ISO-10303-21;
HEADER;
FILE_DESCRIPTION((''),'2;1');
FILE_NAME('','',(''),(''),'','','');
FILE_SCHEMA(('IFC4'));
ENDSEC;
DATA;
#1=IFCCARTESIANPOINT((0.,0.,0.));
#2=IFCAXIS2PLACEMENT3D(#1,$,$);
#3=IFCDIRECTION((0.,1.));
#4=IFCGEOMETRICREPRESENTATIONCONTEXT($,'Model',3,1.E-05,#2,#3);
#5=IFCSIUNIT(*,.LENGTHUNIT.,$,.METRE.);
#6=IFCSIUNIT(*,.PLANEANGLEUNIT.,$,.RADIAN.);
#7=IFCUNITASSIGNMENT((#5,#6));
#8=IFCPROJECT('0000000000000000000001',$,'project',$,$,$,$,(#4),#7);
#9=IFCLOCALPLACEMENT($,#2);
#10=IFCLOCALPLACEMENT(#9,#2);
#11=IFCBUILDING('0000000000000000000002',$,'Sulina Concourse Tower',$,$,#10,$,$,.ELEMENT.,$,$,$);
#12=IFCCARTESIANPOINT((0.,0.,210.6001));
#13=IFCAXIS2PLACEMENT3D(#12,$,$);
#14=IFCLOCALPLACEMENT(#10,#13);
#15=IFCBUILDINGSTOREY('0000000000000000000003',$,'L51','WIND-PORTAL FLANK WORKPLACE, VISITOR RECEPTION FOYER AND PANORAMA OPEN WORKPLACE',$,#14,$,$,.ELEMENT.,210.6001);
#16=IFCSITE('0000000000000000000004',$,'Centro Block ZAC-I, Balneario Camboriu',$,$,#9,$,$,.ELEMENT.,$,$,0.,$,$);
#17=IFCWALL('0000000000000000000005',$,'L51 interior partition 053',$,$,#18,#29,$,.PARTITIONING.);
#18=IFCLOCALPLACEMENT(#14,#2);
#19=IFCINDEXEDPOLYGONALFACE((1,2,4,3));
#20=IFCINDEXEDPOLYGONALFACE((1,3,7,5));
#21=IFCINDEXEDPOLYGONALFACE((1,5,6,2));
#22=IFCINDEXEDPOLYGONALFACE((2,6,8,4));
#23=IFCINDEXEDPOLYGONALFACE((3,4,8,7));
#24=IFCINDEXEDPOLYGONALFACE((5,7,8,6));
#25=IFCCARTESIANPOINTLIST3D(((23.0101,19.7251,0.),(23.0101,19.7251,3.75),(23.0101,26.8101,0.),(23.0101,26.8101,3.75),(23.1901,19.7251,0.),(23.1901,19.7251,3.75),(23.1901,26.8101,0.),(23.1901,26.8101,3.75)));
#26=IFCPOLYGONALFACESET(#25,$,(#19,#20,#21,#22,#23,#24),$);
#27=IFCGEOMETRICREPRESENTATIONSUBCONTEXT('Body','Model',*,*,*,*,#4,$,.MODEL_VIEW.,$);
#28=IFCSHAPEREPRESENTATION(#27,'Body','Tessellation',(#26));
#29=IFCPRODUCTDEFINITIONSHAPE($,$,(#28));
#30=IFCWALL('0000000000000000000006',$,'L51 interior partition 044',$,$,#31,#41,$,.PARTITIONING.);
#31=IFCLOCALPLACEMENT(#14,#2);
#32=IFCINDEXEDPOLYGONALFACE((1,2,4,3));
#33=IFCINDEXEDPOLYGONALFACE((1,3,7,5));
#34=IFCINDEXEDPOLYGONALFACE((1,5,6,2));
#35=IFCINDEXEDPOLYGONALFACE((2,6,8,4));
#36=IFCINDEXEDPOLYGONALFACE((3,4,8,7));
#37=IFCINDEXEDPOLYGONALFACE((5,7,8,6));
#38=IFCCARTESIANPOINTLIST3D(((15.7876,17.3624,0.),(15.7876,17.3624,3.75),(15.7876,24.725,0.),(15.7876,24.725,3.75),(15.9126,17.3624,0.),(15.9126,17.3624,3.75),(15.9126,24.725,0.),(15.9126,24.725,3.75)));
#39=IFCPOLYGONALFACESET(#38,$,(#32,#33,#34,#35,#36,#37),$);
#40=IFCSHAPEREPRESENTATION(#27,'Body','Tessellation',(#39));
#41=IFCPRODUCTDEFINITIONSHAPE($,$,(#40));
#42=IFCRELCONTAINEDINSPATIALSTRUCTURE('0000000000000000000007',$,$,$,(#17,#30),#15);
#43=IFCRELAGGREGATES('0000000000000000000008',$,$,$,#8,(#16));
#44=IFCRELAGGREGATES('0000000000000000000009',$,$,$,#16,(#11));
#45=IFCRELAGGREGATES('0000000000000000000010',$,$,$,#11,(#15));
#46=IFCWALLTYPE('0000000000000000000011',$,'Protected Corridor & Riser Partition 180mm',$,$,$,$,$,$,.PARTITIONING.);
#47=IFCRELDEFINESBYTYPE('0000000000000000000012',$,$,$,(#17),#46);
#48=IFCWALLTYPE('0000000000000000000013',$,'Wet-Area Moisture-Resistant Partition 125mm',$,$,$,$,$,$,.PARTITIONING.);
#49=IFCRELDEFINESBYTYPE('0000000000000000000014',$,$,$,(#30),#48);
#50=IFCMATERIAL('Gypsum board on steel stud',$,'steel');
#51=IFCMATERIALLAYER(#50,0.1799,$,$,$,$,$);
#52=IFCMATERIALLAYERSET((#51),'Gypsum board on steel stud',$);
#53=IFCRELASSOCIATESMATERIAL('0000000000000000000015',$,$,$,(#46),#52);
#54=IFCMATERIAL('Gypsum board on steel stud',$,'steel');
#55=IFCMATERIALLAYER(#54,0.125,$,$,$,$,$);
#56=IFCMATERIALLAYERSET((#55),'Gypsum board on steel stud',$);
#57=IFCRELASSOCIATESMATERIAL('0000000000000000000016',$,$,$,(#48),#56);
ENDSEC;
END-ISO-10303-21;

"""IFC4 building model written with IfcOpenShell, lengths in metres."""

from ifc_helpers import new_model, si_unit, direction, frame, frame_2d, origin, place, context, subcontext, project, spatial, rectangle, extrude, material, layer, layer_set, type_object, element, save


model = new_model("IFC4")

# Units and contexts
model_context = context("Model", 3, precision=1e-05, world=origin(), true_north=direction((0.0, 1.0)))
body_context = subcontext(model_context, "Body", "Model", "MODEL_VIEW")
ifc_project = project(units=[si_unit("LENGTHUNIT", "METRE"), si_unit("PLANEANGLEUNIT", "RADIAN")], contexts=[model_context])

# Site, building, storey
site_placement = place(None, origin())
site = spatial("IfcSite", under=ifc_project, at=site_placement, Name="Centro Block ZAC-I, Balneario Camboriu", CompositionType="ELEMENT", RefElevation=0.0)
building_placement = place(site_placement, origin())
building = spatial("IfcBuilding", under=site, at=building_placement, Name="Sulina Concourse Tower", CompositionType="ELEMENT")
storey_placement = place(building_placement, frame((0.0, 0.0, 210.6001)))
storey = spatial("IfcBuildingStorey", under=building, at=storey_placement, Name="L51", Description="WIND-PORTAL FLANK WORKPLACE, VISITOR RECEPTION FOYER AND PANORAMA OPEN WORKPLACE", CompositionType="ELEMENT", Elevation=210.6001)

# Shared definitions
ifc_material_1 = material(Name="Gypsum board on steel stud", Category="steel")
ifc_layer_1 = layer(ifc_material_1, 0.1799)
ifc_layer_set_1 = layer_set([ifc_layer_1], Name="Gypsum board on steel stud")
wall_type_1 = type_object("IfcWallType", Name="Protected Corridor & Riser Partition 180mm", PredefinedType="PARTITIONING", material=ifc_layer_set_1)

# Walls
wall_1_placement = place(storey_placement, frame((23.1001, 19.7251, 0.0), z_axis=(0.0, 0.0, 1.0), x_axis=(0.0, 1.0, 0.0)))
element("IfcWall", 1, at=wall_1_placement, inside=storey, type_object=wall_type_1, Name="L51 interior partition 053", PredefinedType="PARTITIONING", context=body_context, shape_type="SweptSolid", body=[
    extrude(rectangle(XDim=7.085, YDim=0.1799, at=frame_2d((3.5425, 0.0))), origin(), (0.0, 0.0, 1.0), 3.75),
])
ifc_material_2 = material(Name="Gypsum board on steel stud", Category="steel")
ifc_layer_2 = layer(ifc_material_2, 0.125)
ifc_layer_set_2 = layer_set([ifc_layer_2], Name="Gypsum board on steel stud")
wall_type_2 = type_object("IfcWallType", Name="Wet-Area Moisture-Resistant Partition 125mm", PredefinedType="PARTITIONING", material=ifc_layer_set_2)
wall_2_placement = place(storey_placement, frame((15.8501, 17.3625, 0.0), z_axis=(0.0, 0.0, 1.0), x_axis=(0.0, 1.0, 0.0)))
element("IfcWall", 2, at=wall_2_placement, inside=storey, type_object=wall_type_2, Name="L51 interior partition 044", PredefinedType="PARTITIONING", context=body_context, shape_type="SweptSolid", body=[
    extrude(rectangle(XDim=7.3625, YDim=0.125, at=frame_2d((3.6812, 0.0))), origin(), (0.0, 0.0, 1.0), 3.75),
])

save(model, "model.ifc")
